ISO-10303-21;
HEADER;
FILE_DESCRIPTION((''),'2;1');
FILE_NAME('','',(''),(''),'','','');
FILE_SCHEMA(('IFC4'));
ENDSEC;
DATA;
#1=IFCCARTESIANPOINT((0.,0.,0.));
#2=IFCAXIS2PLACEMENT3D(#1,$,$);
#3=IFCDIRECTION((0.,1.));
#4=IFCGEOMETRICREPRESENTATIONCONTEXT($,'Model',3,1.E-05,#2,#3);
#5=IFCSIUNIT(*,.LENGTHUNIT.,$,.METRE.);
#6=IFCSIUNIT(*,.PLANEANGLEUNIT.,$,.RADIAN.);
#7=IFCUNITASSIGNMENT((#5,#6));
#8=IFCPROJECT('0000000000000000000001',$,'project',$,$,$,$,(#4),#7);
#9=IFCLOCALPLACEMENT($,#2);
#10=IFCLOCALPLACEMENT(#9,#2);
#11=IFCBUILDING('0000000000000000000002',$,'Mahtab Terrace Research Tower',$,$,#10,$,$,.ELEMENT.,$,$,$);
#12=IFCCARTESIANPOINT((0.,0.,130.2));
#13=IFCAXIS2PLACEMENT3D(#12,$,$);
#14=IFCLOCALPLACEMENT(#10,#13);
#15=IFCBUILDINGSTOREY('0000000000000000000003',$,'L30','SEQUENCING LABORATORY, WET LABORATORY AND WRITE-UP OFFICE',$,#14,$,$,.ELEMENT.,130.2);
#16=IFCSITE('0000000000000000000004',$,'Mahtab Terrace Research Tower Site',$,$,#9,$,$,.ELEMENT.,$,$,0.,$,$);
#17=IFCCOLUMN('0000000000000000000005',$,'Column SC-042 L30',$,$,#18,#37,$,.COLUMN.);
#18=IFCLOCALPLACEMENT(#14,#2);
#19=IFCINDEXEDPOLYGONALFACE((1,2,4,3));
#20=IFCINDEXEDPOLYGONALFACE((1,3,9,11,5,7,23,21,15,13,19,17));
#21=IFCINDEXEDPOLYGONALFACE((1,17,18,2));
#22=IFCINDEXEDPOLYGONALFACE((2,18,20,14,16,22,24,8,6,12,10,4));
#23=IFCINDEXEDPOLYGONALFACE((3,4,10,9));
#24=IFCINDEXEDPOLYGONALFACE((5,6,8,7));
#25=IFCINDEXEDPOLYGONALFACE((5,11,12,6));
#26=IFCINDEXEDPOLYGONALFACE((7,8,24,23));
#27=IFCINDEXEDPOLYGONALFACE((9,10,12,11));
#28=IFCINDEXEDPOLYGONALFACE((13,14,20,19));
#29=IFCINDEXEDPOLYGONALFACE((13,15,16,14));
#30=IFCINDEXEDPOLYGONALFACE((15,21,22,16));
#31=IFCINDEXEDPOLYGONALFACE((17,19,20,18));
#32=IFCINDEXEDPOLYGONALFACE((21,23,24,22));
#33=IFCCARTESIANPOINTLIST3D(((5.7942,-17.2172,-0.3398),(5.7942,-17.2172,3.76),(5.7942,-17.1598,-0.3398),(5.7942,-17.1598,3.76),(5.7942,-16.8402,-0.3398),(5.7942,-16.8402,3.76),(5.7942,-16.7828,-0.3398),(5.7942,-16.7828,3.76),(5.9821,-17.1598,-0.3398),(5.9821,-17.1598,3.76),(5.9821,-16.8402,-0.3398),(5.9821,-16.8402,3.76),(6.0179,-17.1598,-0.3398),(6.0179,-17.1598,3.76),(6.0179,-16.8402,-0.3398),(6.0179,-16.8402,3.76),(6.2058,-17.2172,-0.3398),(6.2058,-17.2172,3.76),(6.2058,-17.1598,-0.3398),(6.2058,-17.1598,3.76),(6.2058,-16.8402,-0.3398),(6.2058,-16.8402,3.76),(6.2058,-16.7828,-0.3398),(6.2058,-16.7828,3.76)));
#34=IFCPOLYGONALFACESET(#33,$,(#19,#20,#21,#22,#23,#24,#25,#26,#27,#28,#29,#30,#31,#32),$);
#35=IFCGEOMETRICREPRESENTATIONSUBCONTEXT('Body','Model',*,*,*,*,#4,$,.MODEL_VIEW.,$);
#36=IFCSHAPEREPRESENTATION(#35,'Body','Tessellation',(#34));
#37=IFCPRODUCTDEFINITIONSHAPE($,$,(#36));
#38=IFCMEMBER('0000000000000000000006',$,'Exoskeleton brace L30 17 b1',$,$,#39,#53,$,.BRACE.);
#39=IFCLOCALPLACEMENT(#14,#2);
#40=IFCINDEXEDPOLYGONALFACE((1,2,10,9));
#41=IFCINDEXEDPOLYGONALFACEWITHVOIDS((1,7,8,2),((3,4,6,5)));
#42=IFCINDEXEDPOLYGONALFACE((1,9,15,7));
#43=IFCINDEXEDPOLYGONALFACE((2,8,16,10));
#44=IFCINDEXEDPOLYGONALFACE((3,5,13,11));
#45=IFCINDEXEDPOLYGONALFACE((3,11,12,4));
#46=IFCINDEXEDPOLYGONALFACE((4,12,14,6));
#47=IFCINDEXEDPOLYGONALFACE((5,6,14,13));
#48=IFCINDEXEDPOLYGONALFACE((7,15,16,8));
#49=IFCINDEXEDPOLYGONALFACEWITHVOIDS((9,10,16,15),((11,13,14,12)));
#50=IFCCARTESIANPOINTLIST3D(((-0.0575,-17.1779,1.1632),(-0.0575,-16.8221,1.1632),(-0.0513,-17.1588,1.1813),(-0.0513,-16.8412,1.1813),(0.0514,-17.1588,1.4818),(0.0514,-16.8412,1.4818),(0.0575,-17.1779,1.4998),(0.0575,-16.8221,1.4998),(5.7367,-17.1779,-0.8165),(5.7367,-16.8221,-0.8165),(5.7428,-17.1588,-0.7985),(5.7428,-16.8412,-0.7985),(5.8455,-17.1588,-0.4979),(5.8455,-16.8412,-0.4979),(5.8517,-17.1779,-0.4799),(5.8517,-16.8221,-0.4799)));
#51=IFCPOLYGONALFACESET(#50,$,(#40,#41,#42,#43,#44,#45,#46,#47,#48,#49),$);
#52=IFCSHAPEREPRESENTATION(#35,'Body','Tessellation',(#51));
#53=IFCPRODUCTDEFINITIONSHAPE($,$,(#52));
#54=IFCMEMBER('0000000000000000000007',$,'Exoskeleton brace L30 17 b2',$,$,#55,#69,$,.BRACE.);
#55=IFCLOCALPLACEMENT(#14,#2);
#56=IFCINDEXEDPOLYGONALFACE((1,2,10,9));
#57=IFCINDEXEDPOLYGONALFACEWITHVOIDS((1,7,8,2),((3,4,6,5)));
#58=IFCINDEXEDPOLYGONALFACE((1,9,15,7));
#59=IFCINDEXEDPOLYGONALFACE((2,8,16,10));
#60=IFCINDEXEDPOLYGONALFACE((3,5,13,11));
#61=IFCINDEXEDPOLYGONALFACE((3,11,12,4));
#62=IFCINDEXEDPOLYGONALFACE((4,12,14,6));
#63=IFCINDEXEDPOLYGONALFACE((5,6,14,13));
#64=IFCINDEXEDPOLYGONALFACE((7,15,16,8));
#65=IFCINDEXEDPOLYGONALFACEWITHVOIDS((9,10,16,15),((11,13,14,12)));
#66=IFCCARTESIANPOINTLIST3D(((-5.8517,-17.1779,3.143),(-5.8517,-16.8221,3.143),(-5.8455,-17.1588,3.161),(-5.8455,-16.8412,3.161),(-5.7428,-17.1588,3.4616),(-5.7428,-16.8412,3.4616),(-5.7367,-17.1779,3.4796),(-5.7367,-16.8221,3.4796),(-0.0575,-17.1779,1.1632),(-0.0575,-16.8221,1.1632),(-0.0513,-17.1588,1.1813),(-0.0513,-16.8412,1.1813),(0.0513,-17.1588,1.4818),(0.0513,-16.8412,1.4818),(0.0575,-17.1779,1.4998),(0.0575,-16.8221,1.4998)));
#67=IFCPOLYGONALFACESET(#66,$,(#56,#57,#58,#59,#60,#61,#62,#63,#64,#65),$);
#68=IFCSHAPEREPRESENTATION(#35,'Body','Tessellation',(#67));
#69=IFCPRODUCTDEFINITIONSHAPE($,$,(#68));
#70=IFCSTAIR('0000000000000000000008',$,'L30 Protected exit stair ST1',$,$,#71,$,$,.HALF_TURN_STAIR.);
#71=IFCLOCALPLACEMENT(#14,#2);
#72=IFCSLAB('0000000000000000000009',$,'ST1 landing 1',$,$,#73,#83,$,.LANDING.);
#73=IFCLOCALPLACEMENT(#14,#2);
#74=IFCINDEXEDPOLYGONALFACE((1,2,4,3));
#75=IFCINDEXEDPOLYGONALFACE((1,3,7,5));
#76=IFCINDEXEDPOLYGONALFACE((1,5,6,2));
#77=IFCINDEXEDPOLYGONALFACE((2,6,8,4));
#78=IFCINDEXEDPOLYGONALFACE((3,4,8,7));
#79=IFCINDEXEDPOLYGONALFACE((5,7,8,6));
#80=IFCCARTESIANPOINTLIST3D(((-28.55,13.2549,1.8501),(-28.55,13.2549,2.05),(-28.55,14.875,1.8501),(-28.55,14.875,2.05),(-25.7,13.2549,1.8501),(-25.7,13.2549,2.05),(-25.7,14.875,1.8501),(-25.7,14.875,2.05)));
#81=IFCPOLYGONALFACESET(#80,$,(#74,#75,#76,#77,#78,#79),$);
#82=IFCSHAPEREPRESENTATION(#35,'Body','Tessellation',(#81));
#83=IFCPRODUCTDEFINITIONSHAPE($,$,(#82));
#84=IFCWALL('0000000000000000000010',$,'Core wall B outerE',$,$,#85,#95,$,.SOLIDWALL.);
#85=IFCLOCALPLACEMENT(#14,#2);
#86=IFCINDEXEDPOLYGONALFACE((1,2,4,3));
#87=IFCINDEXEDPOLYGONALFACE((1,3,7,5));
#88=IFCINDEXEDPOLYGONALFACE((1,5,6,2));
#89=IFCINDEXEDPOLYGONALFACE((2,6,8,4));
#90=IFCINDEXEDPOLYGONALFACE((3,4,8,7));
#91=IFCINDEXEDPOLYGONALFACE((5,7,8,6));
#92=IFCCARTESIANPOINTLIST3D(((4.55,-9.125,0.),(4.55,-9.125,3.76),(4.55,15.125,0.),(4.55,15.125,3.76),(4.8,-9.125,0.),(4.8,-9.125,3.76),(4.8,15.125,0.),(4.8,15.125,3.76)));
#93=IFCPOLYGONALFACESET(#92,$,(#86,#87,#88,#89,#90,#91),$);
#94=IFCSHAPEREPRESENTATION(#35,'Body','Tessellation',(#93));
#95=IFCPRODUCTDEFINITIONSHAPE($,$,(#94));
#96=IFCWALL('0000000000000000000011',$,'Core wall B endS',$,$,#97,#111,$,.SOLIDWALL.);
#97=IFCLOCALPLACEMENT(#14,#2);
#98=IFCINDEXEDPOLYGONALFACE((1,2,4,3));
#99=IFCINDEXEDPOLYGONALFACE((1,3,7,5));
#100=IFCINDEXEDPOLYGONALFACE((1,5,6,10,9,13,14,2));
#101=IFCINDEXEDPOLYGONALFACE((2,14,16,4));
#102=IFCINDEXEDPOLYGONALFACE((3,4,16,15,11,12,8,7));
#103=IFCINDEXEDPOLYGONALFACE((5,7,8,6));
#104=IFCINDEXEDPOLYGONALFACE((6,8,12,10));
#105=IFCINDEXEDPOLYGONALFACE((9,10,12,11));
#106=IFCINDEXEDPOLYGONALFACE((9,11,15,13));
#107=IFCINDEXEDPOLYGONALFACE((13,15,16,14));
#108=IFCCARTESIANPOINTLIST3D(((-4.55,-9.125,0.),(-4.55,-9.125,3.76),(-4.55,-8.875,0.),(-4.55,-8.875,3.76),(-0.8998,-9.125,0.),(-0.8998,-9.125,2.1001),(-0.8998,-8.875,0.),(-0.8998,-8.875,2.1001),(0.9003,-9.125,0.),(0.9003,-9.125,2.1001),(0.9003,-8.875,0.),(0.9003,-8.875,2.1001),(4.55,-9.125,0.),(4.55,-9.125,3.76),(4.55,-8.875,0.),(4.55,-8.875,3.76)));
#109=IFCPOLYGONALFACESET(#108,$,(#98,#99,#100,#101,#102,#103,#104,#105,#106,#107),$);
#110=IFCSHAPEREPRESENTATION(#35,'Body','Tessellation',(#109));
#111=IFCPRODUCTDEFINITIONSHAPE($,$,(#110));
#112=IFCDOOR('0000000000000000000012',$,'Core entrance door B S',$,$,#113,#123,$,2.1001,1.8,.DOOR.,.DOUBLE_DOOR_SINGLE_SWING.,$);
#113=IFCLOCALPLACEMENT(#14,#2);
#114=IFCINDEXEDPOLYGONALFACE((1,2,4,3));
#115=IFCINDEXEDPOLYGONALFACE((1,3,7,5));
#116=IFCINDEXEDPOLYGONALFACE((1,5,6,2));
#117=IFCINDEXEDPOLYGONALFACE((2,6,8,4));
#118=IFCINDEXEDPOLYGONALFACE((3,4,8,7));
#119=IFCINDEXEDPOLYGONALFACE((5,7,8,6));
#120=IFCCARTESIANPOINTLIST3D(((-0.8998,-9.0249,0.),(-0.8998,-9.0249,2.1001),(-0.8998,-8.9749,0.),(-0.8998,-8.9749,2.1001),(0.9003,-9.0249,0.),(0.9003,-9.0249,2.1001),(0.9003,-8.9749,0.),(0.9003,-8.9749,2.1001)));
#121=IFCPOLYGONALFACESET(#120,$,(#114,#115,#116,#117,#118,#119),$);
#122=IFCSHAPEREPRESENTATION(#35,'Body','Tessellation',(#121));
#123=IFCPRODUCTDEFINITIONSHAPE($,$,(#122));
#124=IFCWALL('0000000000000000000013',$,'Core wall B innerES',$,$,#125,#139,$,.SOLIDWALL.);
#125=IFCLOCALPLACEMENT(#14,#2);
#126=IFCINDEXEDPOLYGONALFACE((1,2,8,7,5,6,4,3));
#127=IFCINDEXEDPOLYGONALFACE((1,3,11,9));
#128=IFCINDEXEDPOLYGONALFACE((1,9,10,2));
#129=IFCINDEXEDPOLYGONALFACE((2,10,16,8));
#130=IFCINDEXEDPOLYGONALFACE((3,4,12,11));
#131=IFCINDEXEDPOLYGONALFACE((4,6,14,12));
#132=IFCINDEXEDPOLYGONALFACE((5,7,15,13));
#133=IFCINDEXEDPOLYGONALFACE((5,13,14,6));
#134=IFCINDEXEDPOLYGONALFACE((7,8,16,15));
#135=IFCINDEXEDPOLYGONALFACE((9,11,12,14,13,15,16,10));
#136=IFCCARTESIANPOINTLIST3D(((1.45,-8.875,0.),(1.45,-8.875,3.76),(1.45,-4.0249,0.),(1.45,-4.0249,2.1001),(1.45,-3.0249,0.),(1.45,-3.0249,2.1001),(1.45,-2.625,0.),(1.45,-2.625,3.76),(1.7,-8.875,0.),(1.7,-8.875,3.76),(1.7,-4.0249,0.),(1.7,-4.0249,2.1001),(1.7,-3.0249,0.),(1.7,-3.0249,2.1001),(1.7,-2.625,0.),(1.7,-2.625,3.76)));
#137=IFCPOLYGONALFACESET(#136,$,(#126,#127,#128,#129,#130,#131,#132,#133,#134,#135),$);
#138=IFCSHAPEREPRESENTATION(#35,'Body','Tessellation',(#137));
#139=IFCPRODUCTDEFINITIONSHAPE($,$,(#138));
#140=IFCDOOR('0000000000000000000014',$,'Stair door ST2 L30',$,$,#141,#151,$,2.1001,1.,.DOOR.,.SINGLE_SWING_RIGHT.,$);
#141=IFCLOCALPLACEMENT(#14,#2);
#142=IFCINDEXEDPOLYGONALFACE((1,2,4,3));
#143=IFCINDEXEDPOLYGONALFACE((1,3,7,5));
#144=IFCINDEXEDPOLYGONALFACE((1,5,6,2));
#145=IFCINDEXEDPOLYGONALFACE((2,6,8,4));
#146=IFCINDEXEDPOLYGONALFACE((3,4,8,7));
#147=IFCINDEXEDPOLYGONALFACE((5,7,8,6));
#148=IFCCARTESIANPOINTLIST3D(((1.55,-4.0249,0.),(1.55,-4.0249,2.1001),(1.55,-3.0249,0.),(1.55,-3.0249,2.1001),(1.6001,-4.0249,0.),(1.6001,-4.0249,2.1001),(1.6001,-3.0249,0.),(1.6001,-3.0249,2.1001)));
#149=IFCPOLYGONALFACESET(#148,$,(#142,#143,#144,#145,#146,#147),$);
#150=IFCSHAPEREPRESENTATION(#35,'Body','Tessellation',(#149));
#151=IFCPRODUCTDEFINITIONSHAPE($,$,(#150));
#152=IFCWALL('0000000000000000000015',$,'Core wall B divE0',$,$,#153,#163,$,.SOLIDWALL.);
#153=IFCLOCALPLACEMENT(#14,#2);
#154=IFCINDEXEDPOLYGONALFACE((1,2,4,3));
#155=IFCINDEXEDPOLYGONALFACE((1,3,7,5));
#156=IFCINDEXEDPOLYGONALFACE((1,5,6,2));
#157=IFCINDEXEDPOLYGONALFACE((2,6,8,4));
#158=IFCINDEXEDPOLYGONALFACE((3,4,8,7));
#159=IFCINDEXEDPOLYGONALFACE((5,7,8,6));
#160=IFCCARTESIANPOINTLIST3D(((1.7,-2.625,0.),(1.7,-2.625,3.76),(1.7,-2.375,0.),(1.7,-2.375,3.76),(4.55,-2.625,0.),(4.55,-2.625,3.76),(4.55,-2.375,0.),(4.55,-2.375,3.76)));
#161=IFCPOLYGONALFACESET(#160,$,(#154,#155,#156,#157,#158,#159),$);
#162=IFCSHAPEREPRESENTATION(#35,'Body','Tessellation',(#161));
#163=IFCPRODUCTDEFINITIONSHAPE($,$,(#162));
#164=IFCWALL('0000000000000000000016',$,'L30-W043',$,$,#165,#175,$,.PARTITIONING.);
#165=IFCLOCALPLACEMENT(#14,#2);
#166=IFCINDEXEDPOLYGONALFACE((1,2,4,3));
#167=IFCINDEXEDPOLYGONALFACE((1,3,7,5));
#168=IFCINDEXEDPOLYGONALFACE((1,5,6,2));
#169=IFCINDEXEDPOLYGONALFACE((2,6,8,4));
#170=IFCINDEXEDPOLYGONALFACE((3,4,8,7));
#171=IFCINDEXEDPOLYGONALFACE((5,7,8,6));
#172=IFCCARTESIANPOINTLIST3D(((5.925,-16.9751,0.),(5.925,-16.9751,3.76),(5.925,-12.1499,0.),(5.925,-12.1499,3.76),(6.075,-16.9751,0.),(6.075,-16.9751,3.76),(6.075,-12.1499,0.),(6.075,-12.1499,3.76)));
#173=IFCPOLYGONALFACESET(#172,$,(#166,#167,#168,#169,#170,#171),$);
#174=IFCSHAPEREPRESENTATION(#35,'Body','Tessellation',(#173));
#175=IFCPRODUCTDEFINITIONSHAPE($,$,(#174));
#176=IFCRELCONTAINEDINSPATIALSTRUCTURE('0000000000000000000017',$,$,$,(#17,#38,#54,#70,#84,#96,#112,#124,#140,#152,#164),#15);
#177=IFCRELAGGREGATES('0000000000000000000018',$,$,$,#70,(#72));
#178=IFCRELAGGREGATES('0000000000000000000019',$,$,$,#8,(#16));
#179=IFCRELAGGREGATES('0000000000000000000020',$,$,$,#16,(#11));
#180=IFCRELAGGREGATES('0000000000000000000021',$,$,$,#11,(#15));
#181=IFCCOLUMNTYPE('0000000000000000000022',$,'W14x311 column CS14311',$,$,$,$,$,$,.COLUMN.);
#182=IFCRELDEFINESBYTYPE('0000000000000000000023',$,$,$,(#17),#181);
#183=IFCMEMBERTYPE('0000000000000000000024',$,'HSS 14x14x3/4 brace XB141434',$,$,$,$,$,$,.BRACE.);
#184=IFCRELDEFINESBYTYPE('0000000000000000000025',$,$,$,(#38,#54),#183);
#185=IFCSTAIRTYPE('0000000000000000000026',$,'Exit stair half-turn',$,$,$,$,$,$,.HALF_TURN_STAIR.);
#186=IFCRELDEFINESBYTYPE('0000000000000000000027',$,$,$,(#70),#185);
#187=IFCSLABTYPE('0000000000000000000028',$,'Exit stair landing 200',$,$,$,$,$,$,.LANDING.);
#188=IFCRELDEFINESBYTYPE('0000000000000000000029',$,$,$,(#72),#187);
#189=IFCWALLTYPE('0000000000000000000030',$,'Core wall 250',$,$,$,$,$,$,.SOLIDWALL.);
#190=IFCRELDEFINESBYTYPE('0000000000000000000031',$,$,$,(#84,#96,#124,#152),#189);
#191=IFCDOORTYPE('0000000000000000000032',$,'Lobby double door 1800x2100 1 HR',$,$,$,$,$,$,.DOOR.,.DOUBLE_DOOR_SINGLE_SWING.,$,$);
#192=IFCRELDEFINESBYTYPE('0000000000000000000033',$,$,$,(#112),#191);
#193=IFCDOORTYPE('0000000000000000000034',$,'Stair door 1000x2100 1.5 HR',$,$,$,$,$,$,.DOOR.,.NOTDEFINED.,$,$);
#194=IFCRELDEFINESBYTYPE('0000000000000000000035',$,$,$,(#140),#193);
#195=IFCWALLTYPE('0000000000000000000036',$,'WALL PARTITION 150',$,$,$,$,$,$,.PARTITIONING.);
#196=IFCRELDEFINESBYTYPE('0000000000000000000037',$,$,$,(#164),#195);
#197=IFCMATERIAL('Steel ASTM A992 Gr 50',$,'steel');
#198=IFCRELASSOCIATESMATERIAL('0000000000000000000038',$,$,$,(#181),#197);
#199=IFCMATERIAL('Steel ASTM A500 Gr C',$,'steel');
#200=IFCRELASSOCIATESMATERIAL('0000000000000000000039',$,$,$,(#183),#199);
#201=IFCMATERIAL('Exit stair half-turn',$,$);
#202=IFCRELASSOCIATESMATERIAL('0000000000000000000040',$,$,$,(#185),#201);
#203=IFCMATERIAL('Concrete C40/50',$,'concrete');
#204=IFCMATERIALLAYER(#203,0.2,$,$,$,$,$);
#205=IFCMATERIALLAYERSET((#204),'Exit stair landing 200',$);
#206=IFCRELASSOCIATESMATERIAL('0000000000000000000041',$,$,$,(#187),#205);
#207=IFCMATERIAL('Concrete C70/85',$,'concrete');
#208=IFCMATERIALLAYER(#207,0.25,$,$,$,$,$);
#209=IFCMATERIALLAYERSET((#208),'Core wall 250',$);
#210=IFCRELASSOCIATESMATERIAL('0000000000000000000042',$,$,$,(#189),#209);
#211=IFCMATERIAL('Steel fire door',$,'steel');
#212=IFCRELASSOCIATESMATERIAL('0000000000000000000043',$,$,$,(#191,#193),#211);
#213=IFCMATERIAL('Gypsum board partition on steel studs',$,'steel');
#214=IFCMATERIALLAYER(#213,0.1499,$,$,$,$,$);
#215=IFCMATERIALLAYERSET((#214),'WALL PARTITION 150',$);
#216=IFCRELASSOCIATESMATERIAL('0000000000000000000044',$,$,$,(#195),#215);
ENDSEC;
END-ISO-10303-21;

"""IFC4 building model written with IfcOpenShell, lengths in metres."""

from ifc_helpers import new_model, si_unit, direction, frame, frame_2d, origin, origin_2d, place, context, subcontext, project, spatial, polyline, rectangle, hollow_rectangle, i_section, outline, extrude, material, layer, layer_set, material_profile, profile_set, type_object, element, fill, aggregate, save


model = new_model("IFC4")

# Units and contexts
model_context = context("Model", 3, precision=1e-05, world=origin(), true_north=direction((0.0, 1.0)))
body_context = subcontext(model_context, "Body", "Model", "MODEL_VIEW")
ifc_project = project(units=[si_unit("LENGTHUNIT", "METRE"), si_unit("PLANEANGLEUNIT", "RADIAN")], contexts=[model_context])

# Site, building, storey
site_placement = place(None, origin())
site = spatial("IfcSite", under=ifc_project, at=site_placement, Name="Mahtab Terrace Research Tower Site", CompositionType="ELEMENT", RefElevation=0.0)
building_placement = place(site_placement, origin())
building = spatial("IfcBuilding", under=site, at=building_placement, Name="Mahtab Terrace Research Tower", CompositionType="ELEMENT")
storey_placement = place(building_placement, frame((0.0, 0.0, 130.2)))
storey = spatial("IfcBuildingStorey", under=building, at=storey_placement, Name="L30", Description="SEQUENCING LABORATORY, WET LABORATORY AND WRITE-UP OFFICE", CompositionType="ELEMENT", Elevation=130.2)

# Column
ifc_material_1 = material(Name="Steel ASTM A992 Gr 50", Category="steel")
ifc_material_profile_1 = material_profile(ifc_material_1, i_section(OverallWidth=0.4116, OverallDepth=0.4343, WebThickness=0.0359, FlangeThickness=0.0574, at=origin_2d()), Name="W14X311")
ifc_profile_set_1 = profile_set([ifc_material_profile_1], Name="Steel ASTM A992 Gr 50")
column_type = type_object("IfcColumnType", Name="W14x311 column CS14311", PredefinedType="COLUMN", material=ifc_profile_set_1)
column_placement = place(storey_placement, frame((6.0, -17.0, -0.3398), z_axis=(0.0, 0.0, 1.0), x_axis=(1.0, 0.0, 0.0)))
element("IfcColumn", 1, at=column_placement, inside=storey, type_object=column_type, Name="Column SC-042 L30", PredefinedType="COLUMN", context=body_context, shape_type="SweptSolid", body=[
    extrude(i_section(OverallWidth=0.4116, OverallDepth=0.4343, WebThickness=0.0359, FlangeThickness=0.0574, at=origin_2d()), origin(), (0.0, 0.0, 1.0), 4.0999),
])

# Members
ifc_material_2 = material(Name="Steel ASTM A500 Gr C", Category="steel")
ifc_material_profile_2 = material_profile(ifc_material_2, hollow_rectangle(XDim=0.3557, YDim=0.3557, WallThickness=0.019, at=origin_2d()), Name="HSS14X14X3/4")
ifc_profile_set_2 = profile_set([ifc_material_profile_2], Name="Steel ASTM A500 Gr C")
member_type = type_object("IfcMemberType", Name="HSS 14x14x3/4 brace XB141434", PredefinedType="BRACE", material=ifc_profile_set_2)
for number, where, z_axis, x_axis, name in (
    (2, (5.7942, -17.0, -0.6482), (-0.946288, 0.0, 0.323324), (0.0, -1.0, 0.0), "Exoskeleton brace L30 17 b1"),
    (3, (0.0, -17.0, 1.3315), (-0.946288, 0.0, 0.323324), (0.0, -1.0, 0.0), "Exoskeleton brace L30 17 b2"),
):
    element("IfcMember", number, at=place(storey_placement, frame(where, z_axis=z_axis, x_axis=x_axis)), inside=storey, type_object=member_type, Name=name, PredefinedType="BRACE", context=body_context, shape_type="SweptSolid", body=[
        extrude(hollow_rectangle(XDim=0.3557, YDim=0.3557, WallThickness=0.019, at=origin_2d()), origin(), (0.0, 0.0, 1.0), 6.123),
    ])

# Stair, slab
ifc_material_3 = material(Name="Exit stair half-turn")
stair_type = type_object("IfcStairType", Name="Exit stair half-turn", PredefinedType="HALF_TURN_STAIR", material=ifc_material_3)
stair_1_placement = place(storey_placement, origin())
stair_1 = element("IfcStair", 4, at=stair_1_placement, inside=storey, type_object=stair_type, Name="L30 Protected exit stair ST1", PredefinedType="HALF_TURN_STAIR")
ifc_material_4 = material(Name="Concrete C40/50", Category="concrete")
ifc_layer_1 = layer(ifc_material_4, 0.2)
ifc_layer_set_1 = layer_set([ifc_layer_1], Name="Exit stair landing 200")
slab_type = type_object("IfcSlabType", Name="Exit stair landing 200", PredefinedType="LANDING", material=ifc_layer_set_1)
slab_placement = place(storey_placement, frame((0.0, 0.0, 1.8501)))
slab = element("IfcSlab", 5, at=slab_placement, type_object=slab_type, Name="ST1 landing 1", PredefinedType="LANDING", context=body_context, shape_type="SweptSolid", body=[
    extrude(outline(polyline([(-25.7, 13.2549), (-25.7, 14.875), (-28.55, 14.875), (-28.55, 13.2549), (-25.7, 13.2549)])), origin(), (0.0, 0.0, 1.0), 0.2),
])
aggregate(stair_1, [slab])

# Wall
ifc_material_5 = material(Name="Concrete C70/85", Category="concrete")
ifc_layer_2 = layer(ifc_material_5, 0.25)
ifc_layer_set_2 = layer_set([ifc_layer_2], Name="Core wall 250")
wall_type_1 = type_object("IfcWallType", Name="Core wall 250", PredefinedType="SOLIDWALL", material=ifc_layer_set_2)
wall_1_placement = place(storey_placement, frame((4.675, -9.125, 0.0), z_axis=(0.0, 0.0, 1.0), x_axis=(0.0, 1.0, 0.0)))
element("IfcWall", 6, at=wall_1_placement, inside=storey, type_object=wall_type_1, Name="Core wall B outerE", PredefinedType="SOLIDWALL", context=body_context, shape_type="SweptSolid", body=[
    extrude(rectangle(XDim=24.25, YDim=0.25, at=frame_2d((12.125, 0.0))), origin(), (0.0, 0.0, 1.0), 3.76),
])

# Walls, openings, doors
wall_2_placement = place(storey_placement, frame((4.55, -9.0, 0.0), z_axis=(0.0, 0.0, 1.0), x_axis=(-1.0, 0.0, 0.0)))
wall_2 = element("IfcWall", 7, at=wall_2_placement, inside=storey, type_object=wall_type_1, Name="Core wall B endS", PredefinedType="SOLIDWALL", context=body_context, shape_type="SweptSolid", body=[
    extrude(rectangle(XDim=9.1001, YDim=0.25, at=frame_2d((4.55, 0.0))), origin(), (0.0, 0.0, 1.0), 3.76),
])
opening_1_placement = place(wall_2_placement, frame((3.6499, 0.0, 0.0)))
opening_1 = element("IfcOpeningElement", 8, at=opening_1_placement, cuts=wall_2, PredefinedType="OPENING", context=body_context, shape_type="SweptSolid", body=[
    extrude(rectangle(XDim=1.8, YDim=2.1001, at=frame_2d((0.8999, 1.05))), frame((0.0, 0.135, 0.0), z_axis=(0.0, -1.0, 0.0), x_axis=(1.0, 0.0, 0.0)), (0.0, 0.0, 1.0), 0.27),
])
ifc_material_6 = material(Name="Steel fire door", Category="steel")
door_type_1 = type_object("IfcDoorType", Name="Lobby double door 1800x2100 1 HR", OperationType="DOUBLE_DOOR_SINGLE_SWING", PredefinedType="DOOR", material=ifc_material_6)
door_1_placement = place(opening_1_placement, origin())
door_1 = element("IfcDoor", 9, at=door_1_placement, inside=storey, type_object=door_type_1, Name="Core entrance door B S", OperationType="DOUBLE_DOOR_SINGLE_SWING", OverallHeight=2.1001, OverallWidth=1.8, PredefinedType="DOOR", context=body_context, shape_type="SweptSolid", body=[
    extrude(rectangle(XDim=1.8, YDim=2.1001, at=frame_2d((0.8999, 1.05))), frame((0.0, 0.0249, 0.0), z_axis=(0.0, -1.0, 0.0), x_axis=(1.0, 0.0, 0.0)), (0.0, 0.0, 1.0), 0.05),
])
fill(opening_1, door_1)
wall_3_placement = place(storey_placement, frame((1.575, -8.875, 0.0), z_axis=(0.0, 0.0, 1.0), x_axis=(0.0, 1.0, 0.0)))
wall_3 = element("IfcWall", 10, at=wall_3_placement, inside=storey, type_object=wall_type_1, Name="Core wall B innerES", PredefinedType="SOLIDWALL", context=body_context, shape_type="SweptSolid", body=[
    extrude(rectangle(XDim=6.25, YDim=0.25, at=frame_2d((3.125, 0.0))), origin(), (0.0, 0.0, 1.0), 3.76),
])
opening_2_placement = place(wall_3_placement, frame((4.8501, 0.0, 0.0)))
opening_2 = element("IfcOpeningElement", 11, at=opening_2_placement, cuts=wall_3, PredefinedType="OPENING", context=body_context, shape_type="SweptSolid", body=[
    extrude(rectangle(XDim=1.0, YDim=2.1001, at=frame_2d((0.5, 1.05))), frame((0.0, 0.135, 0.0), z_axis=(0.0, -1.0, 0.0), x_axis=(1.0, 0.0, 0.0)), (0.0, 0.0, 1.0), 0.27),
])
door_type_2 = type_object("IfcDoorType", Name="Stair door 1000x2100 1.5 HR", OperationType="NOTDEFINED", PredefinedType="DOOR", material=ifc_material_6)
door_2_placement = place(opening_2_placement, origin())
door_2 = element("IfcDoor", 12, at=door_2_placement, inside=storey, type_object=door_type_2, Name="Stair door ST2 L30", OperationType="SINGLE_SWING_RIGHT", OverallHeight=2.1001, OverallWidth=1.0, PredefinedType="DOOR", context=body_context, shape_type="SweptSolid", body=[
    extrude(rectangle(XDim=1.0, YDim=2.1001, at=frame_2d((0.5, 1.05))), frame((0.0, 0.0249, 0.0), z_axis=(0.0, -1.0, 0.0), x_axis=(1.0, 0.0, 0.0)), (0.0, 0.0, 1.0), 0.05),
])
fill(opening_2, door_2)

# Walls
wall_4_placement = place(storey_placement, frame((1.7, -2.5, 0.0), z_axis=(0.0, 0.0, 1.0), x_axis=(1.0, 0.0, 0.0)))
element("IfcWall", 13, at=wall_4_placement, inside=storey, type_object=wall_type_1, Name="Core wall B divE0", PredefinedType="SOLIDWALL", context=body_context, shape_type="SweptSolid", body=[
    extrude(rectangle(XDim=2.8501, YDim=0.25, at=frame_2d((1.425, 0.0))), origin(), (0.0, 0.0, 1.0), 3.76),
])
ifc_material_7 = material(Name="Gypsum board partition on steel studs", Category="steel")
ifc_layer_3 = layer(ifc_material_7, 0.1499)
ifc_layer_set_3 = layer_set([ifc_layer_3], Name="WALL PARTITION 150")
wall_type_2 = type_object("IfcWallType", Name="WALL PARTITION 150", PredefinedType="PARTITIONING", material=ifc_layer_set_3)
wall_5_placement = place(storey_placement, frame((6.0, -16.9751, 0.0), z_axis=(0.0, 0.0, 1.0), x_axis=(0.0, 1.0, 0.0)))
element("IfcWall", 14, at=wall_5_placement, inside=storey, type_object=wall_type_2, Name="L30-W043", PredefinedType="PARTITIONING", context=body_context, shape_type="SweptSolid", body=[
    extrude(rectangle(XDim=4.8252, YDim=0.1499, at=frame_2d((2.4126, 0.0))), origin(), (0.0, 0.0, 1.0), 3.76),
])

save(model, "model.ifc")
